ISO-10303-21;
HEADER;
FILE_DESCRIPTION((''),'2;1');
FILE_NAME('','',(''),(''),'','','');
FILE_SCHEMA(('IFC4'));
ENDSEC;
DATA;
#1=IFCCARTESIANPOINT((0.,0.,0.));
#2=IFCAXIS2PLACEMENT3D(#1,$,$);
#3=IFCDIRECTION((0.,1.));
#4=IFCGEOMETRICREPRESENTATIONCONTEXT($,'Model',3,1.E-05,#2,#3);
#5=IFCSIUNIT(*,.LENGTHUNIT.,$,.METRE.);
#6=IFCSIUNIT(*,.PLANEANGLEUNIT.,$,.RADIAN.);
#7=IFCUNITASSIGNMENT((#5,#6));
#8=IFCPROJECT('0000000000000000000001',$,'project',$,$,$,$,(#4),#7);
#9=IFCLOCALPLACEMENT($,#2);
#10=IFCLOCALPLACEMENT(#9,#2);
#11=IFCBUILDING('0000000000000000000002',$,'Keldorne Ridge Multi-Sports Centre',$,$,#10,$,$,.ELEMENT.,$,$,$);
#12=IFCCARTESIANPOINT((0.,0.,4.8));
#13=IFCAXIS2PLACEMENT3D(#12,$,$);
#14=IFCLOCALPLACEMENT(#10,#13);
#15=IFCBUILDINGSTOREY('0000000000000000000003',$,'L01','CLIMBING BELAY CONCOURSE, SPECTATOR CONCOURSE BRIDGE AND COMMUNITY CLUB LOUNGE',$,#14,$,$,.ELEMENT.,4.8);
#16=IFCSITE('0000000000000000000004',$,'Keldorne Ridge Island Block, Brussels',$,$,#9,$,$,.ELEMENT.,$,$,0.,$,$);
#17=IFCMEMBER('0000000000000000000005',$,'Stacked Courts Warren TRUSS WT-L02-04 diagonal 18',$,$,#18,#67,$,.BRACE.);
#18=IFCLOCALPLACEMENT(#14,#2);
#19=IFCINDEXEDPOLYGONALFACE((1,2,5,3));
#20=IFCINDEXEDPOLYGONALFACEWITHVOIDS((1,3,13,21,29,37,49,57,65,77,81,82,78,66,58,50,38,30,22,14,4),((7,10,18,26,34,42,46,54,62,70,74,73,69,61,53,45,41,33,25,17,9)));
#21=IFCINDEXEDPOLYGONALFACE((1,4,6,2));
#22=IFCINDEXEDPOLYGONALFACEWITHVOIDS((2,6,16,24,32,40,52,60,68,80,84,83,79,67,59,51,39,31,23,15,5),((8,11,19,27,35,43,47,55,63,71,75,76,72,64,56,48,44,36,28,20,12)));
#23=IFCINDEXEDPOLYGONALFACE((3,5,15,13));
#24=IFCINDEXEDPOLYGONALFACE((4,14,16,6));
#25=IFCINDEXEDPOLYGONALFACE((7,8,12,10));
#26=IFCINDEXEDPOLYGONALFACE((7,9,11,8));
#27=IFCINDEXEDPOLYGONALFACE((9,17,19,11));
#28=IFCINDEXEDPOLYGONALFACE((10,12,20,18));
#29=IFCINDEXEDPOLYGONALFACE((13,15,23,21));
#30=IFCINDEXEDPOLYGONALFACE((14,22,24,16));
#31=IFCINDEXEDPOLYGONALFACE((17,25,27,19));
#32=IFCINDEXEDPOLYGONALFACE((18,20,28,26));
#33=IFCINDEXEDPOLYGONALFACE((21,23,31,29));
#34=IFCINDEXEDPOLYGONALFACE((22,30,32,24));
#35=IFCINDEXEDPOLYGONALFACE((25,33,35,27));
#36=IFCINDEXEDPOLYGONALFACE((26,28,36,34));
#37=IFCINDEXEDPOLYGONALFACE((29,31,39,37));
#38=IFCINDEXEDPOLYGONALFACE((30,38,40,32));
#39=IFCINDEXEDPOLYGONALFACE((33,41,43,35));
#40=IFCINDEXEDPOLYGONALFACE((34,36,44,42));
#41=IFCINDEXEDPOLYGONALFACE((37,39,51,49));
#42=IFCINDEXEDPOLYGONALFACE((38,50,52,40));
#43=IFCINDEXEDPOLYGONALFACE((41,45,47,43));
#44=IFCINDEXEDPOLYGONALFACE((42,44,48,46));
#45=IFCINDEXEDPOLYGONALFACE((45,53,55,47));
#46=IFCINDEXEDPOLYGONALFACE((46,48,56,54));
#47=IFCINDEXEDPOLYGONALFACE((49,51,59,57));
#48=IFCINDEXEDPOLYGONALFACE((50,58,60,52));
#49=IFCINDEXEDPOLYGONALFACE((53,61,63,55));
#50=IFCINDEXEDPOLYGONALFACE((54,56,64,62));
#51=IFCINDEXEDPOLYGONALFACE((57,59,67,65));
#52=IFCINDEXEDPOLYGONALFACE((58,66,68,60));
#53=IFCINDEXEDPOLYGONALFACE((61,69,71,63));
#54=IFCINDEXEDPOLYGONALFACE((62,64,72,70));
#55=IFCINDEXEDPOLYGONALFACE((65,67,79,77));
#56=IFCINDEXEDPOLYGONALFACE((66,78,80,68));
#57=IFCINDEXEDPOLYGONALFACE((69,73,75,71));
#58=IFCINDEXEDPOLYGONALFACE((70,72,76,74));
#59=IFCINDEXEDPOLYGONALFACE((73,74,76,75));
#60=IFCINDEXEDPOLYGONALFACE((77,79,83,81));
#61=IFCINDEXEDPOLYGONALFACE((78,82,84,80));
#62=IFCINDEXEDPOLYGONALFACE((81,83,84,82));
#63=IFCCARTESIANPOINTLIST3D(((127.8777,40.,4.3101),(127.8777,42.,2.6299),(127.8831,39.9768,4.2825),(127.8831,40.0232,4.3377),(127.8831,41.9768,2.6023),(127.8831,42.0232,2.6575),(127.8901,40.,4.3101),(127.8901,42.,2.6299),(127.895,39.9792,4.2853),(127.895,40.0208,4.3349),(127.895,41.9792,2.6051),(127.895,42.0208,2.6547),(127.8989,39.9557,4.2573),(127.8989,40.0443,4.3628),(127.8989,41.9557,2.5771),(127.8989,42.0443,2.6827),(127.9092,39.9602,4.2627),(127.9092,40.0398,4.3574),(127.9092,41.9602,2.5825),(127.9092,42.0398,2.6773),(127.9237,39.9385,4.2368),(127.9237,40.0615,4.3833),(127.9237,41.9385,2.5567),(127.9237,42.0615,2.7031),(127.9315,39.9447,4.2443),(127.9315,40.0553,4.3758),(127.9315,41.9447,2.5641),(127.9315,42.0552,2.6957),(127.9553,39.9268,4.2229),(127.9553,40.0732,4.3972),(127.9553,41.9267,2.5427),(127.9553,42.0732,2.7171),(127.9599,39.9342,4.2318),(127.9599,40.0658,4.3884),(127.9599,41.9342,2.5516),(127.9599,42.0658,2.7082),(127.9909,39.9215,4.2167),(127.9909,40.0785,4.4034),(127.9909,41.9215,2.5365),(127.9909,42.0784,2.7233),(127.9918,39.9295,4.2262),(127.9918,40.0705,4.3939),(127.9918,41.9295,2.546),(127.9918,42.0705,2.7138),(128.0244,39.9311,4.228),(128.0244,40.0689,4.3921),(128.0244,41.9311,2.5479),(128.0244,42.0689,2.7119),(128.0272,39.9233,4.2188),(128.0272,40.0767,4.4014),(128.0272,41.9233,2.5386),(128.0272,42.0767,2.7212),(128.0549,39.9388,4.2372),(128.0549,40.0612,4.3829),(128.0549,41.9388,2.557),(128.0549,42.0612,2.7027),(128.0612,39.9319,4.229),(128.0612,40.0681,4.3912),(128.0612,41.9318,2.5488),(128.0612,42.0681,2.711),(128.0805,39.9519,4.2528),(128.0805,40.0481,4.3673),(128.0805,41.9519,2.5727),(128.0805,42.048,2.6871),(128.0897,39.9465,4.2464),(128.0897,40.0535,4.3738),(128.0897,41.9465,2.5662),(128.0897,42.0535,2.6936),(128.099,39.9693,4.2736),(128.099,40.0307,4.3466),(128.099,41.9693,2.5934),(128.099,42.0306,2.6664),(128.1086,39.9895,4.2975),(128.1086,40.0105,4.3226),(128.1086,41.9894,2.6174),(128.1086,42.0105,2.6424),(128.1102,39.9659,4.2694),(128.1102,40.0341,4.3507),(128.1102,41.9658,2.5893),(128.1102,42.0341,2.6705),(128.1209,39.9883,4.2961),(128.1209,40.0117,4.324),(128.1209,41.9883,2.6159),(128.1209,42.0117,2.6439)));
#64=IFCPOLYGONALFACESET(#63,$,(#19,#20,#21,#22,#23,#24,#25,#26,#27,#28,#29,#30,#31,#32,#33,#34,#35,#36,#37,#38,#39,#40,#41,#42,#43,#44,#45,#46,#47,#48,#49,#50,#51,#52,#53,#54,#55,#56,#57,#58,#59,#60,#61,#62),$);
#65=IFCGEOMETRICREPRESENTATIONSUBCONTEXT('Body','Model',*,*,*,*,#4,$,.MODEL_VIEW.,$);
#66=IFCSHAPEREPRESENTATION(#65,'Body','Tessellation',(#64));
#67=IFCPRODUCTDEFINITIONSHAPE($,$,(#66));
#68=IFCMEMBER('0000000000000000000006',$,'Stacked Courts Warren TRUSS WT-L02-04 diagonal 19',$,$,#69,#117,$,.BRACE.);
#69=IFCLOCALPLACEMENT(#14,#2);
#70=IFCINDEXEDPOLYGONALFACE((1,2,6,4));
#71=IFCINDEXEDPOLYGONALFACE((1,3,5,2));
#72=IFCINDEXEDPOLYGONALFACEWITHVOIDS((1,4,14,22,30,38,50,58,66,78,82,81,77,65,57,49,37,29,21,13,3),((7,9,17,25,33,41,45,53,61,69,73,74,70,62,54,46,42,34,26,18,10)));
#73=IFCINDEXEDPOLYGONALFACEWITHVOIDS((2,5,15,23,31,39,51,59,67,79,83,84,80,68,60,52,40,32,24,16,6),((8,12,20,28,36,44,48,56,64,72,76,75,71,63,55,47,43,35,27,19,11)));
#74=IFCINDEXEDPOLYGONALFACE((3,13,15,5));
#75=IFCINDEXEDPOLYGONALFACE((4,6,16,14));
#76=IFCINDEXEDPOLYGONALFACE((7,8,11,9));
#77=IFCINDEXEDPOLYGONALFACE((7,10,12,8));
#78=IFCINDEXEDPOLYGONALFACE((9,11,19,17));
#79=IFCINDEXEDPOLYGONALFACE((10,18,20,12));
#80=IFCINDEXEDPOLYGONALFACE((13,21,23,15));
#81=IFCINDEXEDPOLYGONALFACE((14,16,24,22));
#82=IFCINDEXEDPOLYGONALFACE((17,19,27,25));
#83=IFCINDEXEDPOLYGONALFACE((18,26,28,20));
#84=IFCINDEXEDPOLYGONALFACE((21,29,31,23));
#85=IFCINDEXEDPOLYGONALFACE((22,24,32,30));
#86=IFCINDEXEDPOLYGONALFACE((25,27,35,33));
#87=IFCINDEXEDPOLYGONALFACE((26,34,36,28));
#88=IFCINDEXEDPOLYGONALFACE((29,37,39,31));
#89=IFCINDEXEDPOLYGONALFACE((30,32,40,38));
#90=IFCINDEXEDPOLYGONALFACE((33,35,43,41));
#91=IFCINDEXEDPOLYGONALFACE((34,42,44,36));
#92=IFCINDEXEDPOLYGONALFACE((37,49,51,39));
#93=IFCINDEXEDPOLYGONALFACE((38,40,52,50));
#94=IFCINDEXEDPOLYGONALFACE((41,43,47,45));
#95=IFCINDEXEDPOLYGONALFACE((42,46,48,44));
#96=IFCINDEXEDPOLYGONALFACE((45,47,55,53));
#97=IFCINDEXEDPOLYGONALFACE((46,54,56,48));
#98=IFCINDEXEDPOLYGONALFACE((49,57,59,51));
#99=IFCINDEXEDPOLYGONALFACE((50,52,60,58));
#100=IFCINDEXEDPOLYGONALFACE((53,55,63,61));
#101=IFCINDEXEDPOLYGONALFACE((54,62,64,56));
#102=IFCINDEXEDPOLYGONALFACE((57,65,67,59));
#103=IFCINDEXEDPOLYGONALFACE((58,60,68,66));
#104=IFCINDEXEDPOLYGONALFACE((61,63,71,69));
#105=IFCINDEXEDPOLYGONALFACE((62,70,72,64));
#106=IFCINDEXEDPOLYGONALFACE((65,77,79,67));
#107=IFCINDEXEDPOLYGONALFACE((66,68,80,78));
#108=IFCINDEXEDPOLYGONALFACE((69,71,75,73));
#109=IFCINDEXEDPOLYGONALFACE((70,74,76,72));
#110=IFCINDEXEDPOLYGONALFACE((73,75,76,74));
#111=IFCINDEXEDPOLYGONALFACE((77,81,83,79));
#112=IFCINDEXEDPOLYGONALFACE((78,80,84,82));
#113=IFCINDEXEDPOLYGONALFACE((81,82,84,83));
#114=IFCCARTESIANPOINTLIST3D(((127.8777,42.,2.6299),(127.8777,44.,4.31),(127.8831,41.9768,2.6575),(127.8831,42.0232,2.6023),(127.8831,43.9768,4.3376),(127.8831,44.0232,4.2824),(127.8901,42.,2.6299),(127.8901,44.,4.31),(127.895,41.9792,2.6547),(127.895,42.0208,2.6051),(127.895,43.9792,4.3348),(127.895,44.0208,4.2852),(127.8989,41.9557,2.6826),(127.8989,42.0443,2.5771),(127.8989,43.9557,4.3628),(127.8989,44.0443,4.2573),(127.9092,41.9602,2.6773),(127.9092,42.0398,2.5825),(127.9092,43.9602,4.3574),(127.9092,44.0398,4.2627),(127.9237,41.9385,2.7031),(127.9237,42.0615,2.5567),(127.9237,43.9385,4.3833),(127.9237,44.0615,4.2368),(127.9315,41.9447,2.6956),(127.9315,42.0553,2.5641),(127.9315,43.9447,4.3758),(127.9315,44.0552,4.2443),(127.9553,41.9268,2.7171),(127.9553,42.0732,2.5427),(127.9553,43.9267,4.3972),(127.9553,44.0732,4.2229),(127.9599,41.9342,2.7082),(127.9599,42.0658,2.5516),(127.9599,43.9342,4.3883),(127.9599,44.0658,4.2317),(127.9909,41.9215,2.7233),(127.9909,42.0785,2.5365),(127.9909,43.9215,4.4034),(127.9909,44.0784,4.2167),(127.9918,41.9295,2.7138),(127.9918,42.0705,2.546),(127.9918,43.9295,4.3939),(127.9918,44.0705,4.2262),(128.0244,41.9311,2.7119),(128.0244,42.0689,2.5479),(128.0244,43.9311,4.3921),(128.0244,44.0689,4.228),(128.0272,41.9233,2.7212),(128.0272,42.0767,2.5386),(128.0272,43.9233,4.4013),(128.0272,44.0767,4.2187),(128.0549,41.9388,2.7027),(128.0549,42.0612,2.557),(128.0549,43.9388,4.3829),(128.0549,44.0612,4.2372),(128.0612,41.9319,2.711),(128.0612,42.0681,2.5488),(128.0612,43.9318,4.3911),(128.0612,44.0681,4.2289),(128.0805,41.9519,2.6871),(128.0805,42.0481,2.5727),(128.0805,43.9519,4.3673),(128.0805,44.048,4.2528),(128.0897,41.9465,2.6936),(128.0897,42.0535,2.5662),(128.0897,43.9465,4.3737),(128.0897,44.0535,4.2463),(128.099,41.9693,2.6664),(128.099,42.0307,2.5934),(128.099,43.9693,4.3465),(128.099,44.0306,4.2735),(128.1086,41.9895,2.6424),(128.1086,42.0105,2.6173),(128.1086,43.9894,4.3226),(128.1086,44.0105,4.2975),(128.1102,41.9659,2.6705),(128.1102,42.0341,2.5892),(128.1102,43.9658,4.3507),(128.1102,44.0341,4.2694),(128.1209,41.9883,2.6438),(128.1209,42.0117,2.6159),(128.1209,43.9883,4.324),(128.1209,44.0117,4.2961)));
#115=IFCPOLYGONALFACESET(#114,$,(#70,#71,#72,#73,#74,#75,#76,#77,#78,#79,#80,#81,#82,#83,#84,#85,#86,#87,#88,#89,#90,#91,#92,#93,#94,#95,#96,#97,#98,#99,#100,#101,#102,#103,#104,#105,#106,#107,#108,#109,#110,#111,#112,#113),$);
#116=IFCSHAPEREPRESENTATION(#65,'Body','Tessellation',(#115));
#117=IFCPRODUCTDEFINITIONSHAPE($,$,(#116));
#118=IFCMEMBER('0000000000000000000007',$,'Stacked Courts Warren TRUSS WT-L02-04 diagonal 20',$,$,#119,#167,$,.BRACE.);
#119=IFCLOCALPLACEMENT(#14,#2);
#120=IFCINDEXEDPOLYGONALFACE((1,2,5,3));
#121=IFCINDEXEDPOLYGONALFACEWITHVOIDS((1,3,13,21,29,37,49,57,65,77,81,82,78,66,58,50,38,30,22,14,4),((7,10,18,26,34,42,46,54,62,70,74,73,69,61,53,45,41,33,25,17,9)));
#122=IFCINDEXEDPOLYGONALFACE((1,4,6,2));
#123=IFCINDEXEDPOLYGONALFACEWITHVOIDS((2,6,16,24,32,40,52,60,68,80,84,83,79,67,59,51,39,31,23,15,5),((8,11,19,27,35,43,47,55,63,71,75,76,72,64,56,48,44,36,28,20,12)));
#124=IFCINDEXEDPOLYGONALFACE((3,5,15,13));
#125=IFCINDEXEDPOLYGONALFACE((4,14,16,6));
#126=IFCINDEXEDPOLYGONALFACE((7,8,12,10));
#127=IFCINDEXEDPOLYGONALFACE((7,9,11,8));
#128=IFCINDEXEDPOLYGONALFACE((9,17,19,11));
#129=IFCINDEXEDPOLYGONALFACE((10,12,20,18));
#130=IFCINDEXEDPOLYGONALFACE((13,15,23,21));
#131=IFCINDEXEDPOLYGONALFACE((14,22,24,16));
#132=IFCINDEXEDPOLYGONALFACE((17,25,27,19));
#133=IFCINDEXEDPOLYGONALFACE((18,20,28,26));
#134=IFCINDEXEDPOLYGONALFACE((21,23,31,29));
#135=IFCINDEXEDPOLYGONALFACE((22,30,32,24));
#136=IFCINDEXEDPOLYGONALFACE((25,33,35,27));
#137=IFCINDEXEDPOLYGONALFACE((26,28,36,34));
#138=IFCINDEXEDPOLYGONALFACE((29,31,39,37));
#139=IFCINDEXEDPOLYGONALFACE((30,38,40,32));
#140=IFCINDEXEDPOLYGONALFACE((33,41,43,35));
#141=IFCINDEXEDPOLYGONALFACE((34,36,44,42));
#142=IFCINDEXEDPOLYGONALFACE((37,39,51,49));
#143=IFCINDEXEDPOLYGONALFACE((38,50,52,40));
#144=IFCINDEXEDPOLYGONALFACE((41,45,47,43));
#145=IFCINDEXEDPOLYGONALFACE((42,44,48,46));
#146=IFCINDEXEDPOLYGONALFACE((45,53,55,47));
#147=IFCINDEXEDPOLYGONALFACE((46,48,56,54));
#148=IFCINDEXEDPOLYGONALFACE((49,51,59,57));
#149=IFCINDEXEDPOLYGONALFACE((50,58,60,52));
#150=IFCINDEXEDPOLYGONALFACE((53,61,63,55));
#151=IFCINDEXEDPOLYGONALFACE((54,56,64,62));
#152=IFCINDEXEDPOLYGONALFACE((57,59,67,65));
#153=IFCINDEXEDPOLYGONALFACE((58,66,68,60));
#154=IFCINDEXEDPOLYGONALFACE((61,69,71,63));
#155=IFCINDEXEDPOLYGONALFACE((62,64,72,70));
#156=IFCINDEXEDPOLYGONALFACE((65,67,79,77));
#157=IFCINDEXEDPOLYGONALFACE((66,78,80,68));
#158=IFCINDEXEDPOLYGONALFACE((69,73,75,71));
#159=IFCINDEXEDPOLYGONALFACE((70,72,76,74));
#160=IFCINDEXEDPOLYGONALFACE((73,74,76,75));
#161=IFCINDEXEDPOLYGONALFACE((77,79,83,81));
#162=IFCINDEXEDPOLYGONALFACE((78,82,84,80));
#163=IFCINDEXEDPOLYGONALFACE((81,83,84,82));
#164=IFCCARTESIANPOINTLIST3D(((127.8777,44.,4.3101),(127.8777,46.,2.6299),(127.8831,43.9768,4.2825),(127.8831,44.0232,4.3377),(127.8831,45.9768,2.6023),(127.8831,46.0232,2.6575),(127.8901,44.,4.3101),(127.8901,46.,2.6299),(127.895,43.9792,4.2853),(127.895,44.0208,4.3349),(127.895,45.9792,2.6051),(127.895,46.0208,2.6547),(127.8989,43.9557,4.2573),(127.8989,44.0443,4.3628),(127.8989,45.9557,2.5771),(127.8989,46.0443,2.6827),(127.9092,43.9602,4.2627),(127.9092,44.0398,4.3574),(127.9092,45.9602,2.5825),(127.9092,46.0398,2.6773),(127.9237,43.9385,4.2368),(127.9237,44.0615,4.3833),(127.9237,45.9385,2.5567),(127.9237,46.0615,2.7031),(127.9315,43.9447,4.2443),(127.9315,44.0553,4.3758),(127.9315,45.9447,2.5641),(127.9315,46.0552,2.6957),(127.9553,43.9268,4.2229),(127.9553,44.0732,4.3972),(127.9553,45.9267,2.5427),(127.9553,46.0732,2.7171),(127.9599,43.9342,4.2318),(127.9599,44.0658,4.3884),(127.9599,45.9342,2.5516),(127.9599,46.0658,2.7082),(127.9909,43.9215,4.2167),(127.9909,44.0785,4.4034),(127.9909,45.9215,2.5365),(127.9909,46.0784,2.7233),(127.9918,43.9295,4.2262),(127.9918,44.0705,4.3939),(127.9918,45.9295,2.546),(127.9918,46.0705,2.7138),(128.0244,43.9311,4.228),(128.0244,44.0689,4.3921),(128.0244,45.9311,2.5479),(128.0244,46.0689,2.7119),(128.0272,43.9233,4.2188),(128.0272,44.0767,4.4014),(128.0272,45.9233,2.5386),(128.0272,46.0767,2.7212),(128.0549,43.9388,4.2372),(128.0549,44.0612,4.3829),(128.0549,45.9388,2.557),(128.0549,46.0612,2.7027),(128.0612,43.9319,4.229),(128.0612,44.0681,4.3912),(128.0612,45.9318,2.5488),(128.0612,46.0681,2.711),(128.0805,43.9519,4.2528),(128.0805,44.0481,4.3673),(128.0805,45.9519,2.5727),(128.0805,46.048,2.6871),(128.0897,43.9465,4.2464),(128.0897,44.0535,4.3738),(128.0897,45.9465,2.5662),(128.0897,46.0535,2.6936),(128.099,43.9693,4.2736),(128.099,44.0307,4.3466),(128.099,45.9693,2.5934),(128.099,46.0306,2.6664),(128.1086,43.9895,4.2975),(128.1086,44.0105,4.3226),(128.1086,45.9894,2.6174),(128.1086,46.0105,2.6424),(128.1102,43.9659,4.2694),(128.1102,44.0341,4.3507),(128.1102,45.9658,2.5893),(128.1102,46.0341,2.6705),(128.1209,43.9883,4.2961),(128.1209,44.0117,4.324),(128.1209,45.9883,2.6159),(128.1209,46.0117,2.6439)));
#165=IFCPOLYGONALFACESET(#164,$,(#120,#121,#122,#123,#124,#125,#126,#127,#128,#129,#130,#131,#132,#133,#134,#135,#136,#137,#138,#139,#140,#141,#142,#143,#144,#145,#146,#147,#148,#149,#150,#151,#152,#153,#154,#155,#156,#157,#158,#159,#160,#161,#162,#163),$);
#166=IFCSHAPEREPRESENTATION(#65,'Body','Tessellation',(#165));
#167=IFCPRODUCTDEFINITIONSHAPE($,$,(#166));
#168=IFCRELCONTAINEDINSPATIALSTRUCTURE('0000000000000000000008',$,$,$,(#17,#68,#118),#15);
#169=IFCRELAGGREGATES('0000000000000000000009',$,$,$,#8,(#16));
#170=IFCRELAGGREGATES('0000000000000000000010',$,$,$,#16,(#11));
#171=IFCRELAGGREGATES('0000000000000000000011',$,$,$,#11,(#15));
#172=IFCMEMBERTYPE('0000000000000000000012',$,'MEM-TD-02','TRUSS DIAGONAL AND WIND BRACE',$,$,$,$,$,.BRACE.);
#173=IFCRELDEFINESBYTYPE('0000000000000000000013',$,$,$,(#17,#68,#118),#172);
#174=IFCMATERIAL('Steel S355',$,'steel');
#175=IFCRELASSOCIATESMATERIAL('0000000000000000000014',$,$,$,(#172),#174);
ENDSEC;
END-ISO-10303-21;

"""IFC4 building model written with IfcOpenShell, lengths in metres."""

from ifc_helpers import new_model, si_unit, direction, frame, origin, origin_2d, place, context, subcontext, project, spatial, hollow_circle, extrude, material, material_profile, profile_set, type_object, element, save


model = new_model("IFC4")

# Units and contexts
model_context = context("Model", 3, precision=1e-05, world=origin(), true_north=direction((0.0, 1.0)))
body_context = subcontext(model_context, "Body", "Model", "MODEL_VIEW")
ifc_project = project(units=[si_unit("LENGTHUNIT", "METRE"), si_unit("PLANEANGLEUNIT", "RADIAN")], contexts=[model_context])

# Site, building, storey
site_placement = place(None, origin())
site = spatial("IfcSite", under=ifc_project, at=site_placement, Name="Keldorne Ridge Island Block, Brussels", CompositionType="ELEMENT", RefElevation=0.0)
building_placement = place(site_placement, origin())
building = spatial("IfcBuilding", under=site, at=building_placement, Name="Keldorne Ridge Multi-Sports Centre", CompositionType="ELEMENT")
storey_placement = place(building_placement, frame((0.0, 0.0, 4.8)))
storey = spatial("IfcBuildingStorey", under=building, at=storey_placement, Name="L01", Description="CLIMBING BELAY CONCOURSE, SPECTATOR CONCOURSE BRIDGE AND COMMUNITY CLUB LOUNGE", CompositionType="ELEMENT", Elevation=4.8)

# Members
ifc_material = material(Name="Steel S355", Category="steel")
ifc_material_profile_1 = material_profile(ifc_material, hollow_circle(Radius=0.1223, WallThickness=0.0125, at=origin_2d()), Name="CHS 244.5x12.5")
ifc_profile_set_1 = profile_set([ifc_material_profile_1], Name="Steel S355")
member_type_1 = type_object("IfcMemberType", Name="MEM-TD-02", Description="TRUSS DIAGONAL AND WIND BRACE", PredefinedType="BRACE", material=ifc_profile_set_1)
for number, where, z_axis, x_axis, name in (
    (1, (128.0, 40.0, 4.3101), (0.0, 0.765672, -0.643232), (-1.0, 0.0, 0.0), "Stacked Courts Warren TRUSS WT-L02-04 diagonal 18"),
    (2, (128.0, 42.0, 2.6299), (0.0, 0.765672, 0.643232), (-1.0, 0.0, 0.0), "Stacked Courts Warren TRUSS WT-L02-04 diagonal 19"),
    (3, (128.0, 44.0, 4.3101), (0.0, 0.765672, -0.643232), (-1.0, 0.0, 0.0), "Stacked Courts Warren TRUSS WT-L02-04 diagonal 20"),
):
    element("IfcMember", number, at=place(storey_placement, frame(where, z_axis=z_axis, x_axis=x_axis)), inside=storey, type_object=member_type_1, Name=name, PredefinedType="BRACE", context=body_context, shape_type="SweptSolid", body=[
        extrude(hollow_circle(Radius=0.1223, WallThickness=0.0125, at=origin_2d()), origin(), (0.0, 0.0, 1.0), 2.6121),
    ])

save(model, "model.ifc")
